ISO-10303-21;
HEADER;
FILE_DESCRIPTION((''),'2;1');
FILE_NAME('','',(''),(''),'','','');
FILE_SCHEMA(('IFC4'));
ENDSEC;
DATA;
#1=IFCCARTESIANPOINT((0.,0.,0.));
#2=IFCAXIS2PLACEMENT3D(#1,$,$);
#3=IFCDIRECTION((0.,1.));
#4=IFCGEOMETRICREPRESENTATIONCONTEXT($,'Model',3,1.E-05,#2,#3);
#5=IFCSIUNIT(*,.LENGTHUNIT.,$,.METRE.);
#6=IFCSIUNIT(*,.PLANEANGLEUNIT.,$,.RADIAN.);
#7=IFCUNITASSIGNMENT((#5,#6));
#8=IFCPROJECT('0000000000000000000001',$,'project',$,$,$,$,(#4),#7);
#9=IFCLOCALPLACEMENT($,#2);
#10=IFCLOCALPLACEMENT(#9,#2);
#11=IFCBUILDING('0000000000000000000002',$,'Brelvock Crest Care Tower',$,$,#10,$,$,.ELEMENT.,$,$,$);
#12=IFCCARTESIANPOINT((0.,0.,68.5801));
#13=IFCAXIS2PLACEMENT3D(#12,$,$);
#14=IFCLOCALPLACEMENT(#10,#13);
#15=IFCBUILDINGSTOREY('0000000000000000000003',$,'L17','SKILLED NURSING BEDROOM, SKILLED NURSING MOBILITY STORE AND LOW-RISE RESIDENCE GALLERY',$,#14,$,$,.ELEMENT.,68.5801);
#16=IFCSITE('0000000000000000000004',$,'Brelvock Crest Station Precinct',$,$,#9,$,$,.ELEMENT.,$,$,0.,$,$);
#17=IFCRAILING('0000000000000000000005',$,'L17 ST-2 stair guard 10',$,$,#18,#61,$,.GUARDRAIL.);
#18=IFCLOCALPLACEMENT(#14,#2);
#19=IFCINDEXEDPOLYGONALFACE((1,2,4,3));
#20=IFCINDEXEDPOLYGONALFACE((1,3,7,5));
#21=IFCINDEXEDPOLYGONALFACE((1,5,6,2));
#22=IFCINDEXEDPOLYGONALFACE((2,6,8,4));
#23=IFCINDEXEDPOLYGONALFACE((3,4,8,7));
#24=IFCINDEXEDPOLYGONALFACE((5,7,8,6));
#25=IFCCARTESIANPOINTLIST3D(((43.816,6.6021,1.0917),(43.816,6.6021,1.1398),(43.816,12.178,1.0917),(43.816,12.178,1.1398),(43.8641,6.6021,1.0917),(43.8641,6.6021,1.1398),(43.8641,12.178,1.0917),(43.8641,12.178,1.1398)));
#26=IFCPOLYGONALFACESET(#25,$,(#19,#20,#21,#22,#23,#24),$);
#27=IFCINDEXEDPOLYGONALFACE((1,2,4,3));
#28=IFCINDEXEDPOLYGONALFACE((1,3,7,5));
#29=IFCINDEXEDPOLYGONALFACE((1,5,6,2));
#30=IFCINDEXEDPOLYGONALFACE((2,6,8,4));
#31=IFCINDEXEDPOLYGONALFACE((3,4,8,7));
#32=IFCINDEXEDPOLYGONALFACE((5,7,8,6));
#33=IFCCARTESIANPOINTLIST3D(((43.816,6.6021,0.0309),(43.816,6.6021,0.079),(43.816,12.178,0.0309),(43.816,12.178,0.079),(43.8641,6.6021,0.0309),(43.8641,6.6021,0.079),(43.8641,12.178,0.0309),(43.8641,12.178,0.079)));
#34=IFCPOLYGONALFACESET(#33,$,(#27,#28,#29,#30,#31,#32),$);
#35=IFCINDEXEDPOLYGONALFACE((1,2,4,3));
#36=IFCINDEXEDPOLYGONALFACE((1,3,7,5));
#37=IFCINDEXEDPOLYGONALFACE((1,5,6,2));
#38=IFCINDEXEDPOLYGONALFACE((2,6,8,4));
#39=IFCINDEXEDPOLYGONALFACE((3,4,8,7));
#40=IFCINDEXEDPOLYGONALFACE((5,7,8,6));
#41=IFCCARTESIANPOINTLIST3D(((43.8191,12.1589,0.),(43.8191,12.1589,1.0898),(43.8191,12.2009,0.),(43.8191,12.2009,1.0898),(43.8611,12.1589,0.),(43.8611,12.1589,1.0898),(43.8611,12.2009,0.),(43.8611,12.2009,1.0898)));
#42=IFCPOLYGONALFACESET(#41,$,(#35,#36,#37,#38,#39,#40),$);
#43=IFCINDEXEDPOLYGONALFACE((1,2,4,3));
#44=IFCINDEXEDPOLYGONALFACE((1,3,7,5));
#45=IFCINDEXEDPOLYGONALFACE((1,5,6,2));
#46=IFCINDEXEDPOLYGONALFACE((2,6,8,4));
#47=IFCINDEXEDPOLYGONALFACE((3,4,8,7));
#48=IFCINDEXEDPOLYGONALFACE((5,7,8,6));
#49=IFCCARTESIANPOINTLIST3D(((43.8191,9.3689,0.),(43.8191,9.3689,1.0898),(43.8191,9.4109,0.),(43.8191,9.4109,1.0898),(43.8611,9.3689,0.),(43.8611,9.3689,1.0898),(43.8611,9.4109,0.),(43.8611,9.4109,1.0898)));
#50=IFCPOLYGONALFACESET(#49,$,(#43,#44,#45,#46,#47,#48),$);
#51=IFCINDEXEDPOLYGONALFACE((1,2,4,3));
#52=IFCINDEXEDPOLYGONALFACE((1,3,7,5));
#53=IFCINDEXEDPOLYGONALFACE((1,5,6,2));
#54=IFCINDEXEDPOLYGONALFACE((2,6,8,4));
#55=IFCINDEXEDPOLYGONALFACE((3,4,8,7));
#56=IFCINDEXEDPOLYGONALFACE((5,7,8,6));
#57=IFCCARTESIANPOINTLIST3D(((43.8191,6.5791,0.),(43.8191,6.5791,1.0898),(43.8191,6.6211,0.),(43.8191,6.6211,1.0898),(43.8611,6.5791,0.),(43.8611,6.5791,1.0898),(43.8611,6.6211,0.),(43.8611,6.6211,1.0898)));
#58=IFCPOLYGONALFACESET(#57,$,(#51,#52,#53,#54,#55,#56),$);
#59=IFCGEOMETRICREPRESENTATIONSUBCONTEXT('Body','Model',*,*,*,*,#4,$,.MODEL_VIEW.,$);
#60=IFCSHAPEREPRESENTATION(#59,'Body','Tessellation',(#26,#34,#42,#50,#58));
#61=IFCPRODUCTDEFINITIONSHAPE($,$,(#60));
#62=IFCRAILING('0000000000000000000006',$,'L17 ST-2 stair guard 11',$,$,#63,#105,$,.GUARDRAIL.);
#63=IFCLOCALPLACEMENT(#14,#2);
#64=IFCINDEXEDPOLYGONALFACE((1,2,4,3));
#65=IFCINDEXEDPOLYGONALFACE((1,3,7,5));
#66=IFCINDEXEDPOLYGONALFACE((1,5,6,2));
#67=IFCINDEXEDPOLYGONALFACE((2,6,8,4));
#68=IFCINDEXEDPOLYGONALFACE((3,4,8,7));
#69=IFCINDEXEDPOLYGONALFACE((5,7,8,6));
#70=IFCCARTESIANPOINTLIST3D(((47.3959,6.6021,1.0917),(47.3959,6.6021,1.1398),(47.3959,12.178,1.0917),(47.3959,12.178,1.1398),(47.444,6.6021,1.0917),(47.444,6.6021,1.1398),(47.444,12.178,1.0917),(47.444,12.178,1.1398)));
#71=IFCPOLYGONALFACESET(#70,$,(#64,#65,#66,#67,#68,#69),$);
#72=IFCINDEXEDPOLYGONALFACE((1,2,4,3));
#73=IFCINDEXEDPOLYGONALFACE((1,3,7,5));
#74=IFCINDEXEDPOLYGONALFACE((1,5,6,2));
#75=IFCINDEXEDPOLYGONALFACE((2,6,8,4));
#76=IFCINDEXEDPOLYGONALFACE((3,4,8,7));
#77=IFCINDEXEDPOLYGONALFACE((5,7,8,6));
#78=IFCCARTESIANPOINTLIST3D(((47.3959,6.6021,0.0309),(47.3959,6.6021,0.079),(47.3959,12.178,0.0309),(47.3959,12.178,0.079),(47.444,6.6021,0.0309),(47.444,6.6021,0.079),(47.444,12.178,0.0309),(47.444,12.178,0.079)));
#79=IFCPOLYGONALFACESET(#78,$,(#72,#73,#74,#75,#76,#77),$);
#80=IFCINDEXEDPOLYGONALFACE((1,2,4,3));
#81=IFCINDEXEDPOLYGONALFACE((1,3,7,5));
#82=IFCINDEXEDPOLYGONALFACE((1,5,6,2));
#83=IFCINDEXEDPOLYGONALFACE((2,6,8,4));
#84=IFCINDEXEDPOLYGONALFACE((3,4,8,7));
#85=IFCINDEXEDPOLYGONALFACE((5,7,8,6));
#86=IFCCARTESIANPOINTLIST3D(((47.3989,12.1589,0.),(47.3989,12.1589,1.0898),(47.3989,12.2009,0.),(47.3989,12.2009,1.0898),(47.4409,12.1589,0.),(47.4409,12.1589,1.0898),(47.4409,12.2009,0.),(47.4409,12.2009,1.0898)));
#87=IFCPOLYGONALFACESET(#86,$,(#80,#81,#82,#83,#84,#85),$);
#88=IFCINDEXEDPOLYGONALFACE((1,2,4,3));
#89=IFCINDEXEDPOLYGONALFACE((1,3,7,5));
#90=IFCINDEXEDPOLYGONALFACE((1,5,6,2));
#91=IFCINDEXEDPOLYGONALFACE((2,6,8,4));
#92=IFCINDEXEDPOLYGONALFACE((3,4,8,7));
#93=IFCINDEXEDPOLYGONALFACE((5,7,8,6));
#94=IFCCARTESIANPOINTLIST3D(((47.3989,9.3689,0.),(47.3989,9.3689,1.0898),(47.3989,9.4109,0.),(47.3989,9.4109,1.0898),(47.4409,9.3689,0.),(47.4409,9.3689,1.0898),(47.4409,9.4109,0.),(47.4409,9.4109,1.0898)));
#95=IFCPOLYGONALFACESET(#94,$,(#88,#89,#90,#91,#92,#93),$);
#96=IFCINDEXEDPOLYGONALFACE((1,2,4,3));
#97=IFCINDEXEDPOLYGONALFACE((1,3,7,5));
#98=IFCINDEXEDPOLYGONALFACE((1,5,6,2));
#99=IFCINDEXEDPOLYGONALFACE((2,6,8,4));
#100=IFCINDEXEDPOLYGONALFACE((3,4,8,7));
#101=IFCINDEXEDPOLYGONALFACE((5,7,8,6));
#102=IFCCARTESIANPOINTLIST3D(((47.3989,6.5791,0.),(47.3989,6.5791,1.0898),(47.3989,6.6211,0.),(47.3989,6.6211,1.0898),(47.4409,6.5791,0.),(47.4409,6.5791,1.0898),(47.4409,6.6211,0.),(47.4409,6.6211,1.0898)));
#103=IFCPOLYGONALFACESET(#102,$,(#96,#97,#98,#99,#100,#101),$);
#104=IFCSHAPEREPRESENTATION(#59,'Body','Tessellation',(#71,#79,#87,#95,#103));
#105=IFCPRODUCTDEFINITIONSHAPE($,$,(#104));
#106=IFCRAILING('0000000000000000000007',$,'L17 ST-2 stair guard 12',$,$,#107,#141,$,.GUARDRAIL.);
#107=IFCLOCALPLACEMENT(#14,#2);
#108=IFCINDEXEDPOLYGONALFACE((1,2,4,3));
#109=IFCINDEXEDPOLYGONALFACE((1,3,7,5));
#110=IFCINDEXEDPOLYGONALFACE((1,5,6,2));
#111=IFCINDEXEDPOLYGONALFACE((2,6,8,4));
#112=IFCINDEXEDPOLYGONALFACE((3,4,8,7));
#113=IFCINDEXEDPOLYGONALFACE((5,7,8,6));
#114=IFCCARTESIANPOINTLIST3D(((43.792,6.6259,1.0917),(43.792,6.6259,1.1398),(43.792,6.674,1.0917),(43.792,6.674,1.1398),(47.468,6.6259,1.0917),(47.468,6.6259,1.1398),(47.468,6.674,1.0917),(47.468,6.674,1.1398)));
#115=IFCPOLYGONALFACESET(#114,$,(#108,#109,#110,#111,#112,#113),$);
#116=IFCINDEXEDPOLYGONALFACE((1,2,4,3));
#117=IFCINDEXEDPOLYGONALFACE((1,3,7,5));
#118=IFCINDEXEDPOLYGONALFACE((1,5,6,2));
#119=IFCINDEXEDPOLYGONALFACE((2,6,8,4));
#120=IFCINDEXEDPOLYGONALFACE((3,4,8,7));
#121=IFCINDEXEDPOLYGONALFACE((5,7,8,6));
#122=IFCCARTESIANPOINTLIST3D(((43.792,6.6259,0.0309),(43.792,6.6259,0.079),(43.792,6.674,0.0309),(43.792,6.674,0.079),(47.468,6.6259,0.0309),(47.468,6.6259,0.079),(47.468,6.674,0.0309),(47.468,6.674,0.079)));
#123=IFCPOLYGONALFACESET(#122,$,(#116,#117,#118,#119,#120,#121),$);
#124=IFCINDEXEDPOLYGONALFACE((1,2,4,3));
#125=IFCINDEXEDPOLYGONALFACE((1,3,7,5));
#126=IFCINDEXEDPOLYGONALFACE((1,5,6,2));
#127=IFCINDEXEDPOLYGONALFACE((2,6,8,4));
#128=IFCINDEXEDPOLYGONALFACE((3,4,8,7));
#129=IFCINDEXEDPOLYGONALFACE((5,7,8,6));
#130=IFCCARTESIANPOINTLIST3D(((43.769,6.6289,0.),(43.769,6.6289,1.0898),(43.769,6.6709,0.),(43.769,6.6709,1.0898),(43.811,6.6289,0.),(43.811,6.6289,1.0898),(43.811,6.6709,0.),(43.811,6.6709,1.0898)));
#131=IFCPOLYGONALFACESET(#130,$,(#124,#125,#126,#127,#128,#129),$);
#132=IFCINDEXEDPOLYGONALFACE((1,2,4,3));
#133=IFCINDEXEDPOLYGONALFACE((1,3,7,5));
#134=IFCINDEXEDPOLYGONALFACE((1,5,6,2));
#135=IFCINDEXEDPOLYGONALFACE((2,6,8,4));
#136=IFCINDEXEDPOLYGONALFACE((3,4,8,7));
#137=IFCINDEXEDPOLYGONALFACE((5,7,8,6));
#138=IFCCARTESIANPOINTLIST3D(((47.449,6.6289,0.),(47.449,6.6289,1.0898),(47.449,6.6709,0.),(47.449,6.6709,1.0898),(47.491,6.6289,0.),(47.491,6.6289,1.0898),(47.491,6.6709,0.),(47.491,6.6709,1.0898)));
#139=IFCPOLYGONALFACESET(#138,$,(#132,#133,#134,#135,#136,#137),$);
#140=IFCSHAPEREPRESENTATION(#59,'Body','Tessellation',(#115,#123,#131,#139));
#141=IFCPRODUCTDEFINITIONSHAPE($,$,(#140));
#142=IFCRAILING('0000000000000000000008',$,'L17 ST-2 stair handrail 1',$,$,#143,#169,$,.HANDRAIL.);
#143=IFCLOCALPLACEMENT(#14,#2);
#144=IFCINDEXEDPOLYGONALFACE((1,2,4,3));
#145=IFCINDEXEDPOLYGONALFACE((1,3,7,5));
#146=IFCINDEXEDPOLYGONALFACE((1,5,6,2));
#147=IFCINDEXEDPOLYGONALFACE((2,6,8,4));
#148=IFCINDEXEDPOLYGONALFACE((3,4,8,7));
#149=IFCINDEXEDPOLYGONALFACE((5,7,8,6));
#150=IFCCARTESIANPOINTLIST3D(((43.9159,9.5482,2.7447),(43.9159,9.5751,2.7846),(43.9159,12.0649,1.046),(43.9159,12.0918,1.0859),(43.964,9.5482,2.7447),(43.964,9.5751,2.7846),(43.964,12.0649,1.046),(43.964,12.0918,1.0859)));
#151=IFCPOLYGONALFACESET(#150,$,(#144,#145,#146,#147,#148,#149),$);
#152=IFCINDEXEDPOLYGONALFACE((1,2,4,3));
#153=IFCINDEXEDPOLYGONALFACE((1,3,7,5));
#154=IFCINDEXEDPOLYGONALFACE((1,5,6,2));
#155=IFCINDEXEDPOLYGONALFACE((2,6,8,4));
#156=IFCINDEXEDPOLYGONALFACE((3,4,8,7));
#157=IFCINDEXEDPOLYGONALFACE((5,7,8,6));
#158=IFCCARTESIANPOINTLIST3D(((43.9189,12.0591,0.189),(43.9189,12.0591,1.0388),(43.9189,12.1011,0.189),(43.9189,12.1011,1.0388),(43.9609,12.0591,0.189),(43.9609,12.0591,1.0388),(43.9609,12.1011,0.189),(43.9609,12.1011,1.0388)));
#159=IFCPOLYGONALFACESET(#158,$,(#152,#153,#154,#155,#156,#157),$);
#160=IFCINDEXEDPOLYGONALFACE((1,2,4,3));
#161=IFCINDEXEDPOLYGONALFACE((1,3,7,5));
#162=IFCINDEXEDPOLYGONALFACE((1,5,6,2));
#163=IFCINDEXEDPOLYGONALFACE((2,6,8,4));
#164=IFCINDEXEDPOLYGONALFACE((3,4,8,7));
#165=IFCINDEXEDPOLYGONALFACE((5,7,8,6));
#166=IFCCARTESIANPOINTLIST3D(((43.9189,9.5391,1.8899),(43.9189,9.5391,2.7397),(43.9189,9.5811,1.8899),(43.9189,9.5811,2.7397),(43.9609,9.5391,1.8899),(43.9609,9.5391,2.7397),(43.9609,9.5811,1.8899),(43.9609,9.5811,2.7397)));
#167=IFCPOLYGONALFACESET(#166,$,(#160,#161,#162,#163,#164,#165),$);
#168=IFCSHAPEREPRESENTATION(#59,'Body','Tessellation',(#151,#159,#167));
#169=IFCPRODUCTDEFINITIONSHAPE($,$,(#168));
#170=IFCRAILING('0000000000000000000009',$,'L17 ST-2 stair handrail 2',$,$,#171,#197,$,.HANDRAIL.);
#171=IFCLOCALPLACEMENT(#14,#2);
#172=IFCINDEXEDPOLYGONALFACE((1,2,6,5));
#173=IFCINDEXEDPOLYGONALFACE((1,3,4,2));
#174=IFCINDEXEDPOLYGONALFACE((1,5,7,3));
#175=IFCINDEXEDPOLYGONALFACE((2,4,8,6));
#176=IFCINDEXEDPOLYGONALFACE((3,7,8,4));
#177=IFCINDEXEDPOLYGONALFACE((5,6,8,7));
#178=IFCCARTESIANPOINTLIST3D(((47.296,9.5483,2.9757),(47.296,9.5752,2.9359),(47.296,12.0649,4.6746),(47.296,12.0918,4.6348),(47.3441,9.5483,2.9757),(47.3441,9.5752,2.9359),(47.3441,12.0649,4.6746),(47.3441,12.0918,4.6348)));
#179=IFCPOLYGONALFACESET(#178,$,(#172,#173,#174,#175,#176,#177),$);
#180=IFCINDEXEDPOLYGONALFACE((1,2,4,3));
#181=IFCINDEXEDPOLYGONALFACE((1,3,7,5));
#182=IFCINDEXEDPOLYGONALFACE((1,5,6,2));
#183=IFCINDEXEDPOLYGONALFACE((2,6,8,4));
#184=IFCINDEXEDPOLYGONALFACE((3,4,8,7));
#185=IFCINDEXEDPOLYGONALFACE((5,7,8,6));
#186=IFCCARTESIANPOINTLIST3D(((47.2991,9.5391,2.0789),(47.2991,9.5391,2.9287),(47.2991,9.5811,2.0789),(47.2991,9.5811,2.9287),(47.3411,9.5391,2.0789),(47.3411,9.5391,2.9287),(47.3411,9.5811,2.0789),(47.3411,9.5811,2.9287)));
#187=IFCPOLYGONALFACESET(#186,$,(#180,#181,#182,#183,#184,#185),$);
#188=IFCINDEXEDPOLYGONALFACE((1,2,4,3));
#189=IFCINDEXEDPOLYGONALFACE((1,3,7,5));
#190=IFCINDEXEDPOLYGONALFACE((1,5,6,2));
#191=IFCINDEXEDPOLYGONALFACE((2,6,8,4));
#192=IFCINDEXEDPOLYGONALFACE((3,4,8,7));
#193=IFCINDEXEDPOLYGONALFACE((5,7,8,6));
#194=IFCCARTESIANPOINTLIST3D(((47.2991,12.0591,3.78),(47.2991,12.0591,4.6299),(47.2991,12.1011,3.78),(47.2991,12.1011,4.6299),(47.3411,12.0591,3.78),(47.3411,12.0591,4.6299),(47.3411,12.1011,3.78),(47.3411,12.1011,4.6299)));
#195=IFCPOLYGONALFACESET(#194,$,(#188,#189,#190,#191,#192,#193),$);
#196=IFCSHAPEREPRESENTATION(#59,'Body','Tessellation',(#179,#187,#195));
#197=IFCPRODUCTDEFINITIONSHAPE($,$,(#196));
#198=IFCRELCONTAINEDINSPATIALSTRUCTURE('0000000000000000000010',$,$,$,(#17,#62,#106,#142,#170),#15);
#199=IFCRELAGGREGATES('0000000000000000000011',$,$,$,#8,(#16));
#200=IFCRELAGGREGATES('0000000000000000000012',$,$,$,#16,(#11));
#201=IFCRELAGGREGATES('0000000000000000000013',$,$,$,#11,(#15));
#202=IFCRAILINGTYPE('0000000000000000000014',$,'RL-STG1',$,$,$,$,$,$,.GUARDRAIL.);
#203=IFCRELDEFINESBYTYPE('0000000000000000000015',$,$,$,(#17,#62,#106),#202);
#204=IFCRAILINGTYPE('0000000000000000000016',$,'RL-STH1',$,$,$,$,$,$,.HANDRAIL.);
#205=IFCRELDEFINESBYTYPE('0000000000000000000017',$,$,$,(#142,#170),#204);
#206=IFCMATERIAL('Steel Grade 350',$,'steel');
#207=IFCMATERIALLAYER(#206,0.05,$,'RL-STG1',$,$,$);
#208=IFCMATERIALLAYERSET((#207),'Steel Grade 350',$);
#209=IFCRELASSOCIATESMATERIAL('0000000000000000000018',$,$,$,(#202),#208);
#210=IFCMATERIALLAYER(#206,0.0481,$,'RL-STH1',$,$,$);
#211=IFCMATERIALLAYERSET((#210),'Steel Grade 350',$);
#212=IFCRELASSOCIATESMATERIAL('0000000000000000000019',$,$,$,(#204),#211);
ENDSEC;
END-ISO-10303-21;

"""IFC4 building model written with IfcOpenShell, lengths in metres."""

from ifc_helpers import new_model, si_unit, direction, frame, origin, origin_2d, place, context, subcontext, project, spatial, rectangle, extrude, material, layer, layer_set, type_object, element, save


model = new_model("IFC4")

# Units and contexts
model_context = context("Model", 3, precision=1e-05, world=origin(), true_north=direction((0.0, 1.0)))
body_context = subcontext(model_context, "Body", "Model", "MODEL_VIEW")
ifc_project = project(units=[si_unit("LENGTHUNIT", "METRE"), si_unit("PLANEANGLEUNIT", "RADIAN")], contexts=[model_context])

# Site, building, storey
site_placement = place(None, origin())
site = spatial("IfcSite", under=ifc_project, at=site_placement, Name="Brelvock Crest Station Precinct", CompositionType="ELEMENT", RefElevation=0.0)
building_placement = place(site_placement, origin())
building = spatial("IfcBuilding", under=site, at=building_placement, Name="Brelvock Crest Care Tower", CompositionType="ELEMENT")
storey_placement = place(building_placement, frame((0.0, 0.0, 68.5801)))
storey = spatial("IfcBuildingStorey", under=building, at=storey_placement, Name="L17", Description="SKILLED NURSING BEDROOM, SKILLED NURSING MOBILITY STORE AND LOW-RISE RESIDENCE GALLERY", CompositionType="ELEMENT", Elevation=68.5801)

# Shared definitions
ifc_material_1 = material(Name="Steel Grade 350", Category="steel")

# Railings
ifc_layer_1 = layer(ifc_material_1, 0.05, Name="RL-STG1")
ifc_layer_set_1 = layer_set([ifc_layer_1], Name="Steel Grade 350")
railing_type_1 = type_object("IfcRailingType", Name="RL-STG1", PredefinedType="GUARDRAIL", material=ifc_layer_set_1)
for number, where, name in (
    (1, (43.8401, 12.1799, 0.0), "L17 ST-2 stair guard 10"),
    (2, (47.4199, 12.1799, 0.0), "L17 ST-2 stair guard 11"),
):
    element("IfcRailing", number, at=place(storey_placement, frame(where)), inside=storey, type_object=railing_type_1, Name=name, PredefinedType="GUARDRAIL", context=body_context, shape_type="SweptSolid", body=[
        extrude(rectangle(XDim=0.0481, YDim=0.0481, at=origin_2d()), frame((0.0, -0.002, 1.1157), z_axis=(0.0, -1.0, 0.0), x_axis=(1.0, 0.0, 0.0)), (0.0, 0.0, 1.0), 5.5759),
        extrude(rectangle(XDim=0.0481, YDim=0.0481, at=origin_2d()), frame((0.0, -0.002, 0.0549), z_axis=(0.0, -1.0, 0.0), x_axis=(1.0, 0.0, 0.0)), (0.0, 0.0, 1.0), 5.5759),
        extrude(rectangle(XDim=0.042, YDim=0.042, at=origin_2d()), origin(), (0.0, 0.0, 1.0), 1.0898),
        extrude(rectangle(XDim=0.042, YDim=0.042, at=origin_2d()), frame((0.0, -2.79, 0.0)), (0.0, 0.0, 1.0), 1.0898),
        extrude(rectangle(XDim=0.042, YDim=0.042, at=origin_2d()), frame((0.0, -5.5798, 0.0)), (0.0, 0.0, 1.0), 1.0898),
    ])
railing_1_placement = place(storey_placement, frame((43.79, 6.6499, 0.0)))
element("IfcRailing", 3, at=railing_1_placement, inside=storey, type_object=railing_type_1, Name="L17 ST-2 stair guard 12", PredefinedType="GUARDRAIL", context=body_context, shape_type="SweptSolid", body=[
    extrude(rectangle(XDim=0.0481, YDim=0.0481, at=origin_2d()), frame((0.002, 0.0, 1.1157), z_axis=(1.0, 0.0, 0.0), x_axis=(0.0, 1.0, 0.0)), (0.0, 0.0, 1.0), 3.676),
    extrude(rectangle(XDim=0.0481, YDim=0.0481, at=origin_2d()), frame((0.002, 0.0, 0.0549), z_axis=(1.0, 0.0, 0.0), x_axis=(0.0, 1.0, 0.0)), (0.0, 0.0, 1.0), 3.676),
    extrude(rectangle(XDim=0.042, YDim=0.042, at=origin_2d()), origin(), (0.0, 0.0, 1.0), 1.0898),
    extrude(rectangle(XDim=0.042, YDim=0.042, at=origin_2d()), frame((3.6799, 0.0, 0.0)), (0.0, 0.0, 1.0), 1.0898),
])
ifc_layer_2 = layer(ifc_material_1, 0.0481, Name="RL-STH1")
ifc_layer_set_2 = layer_set([ifc_layer_2], Name="Steel Grade 350")
railing_type_2 = type_object("IfcRailingType", Name="RL-STH1", PredefinedType="HANDRAIL", material=ifc_layer_set_2)
railing_2_placement = place(storey_placement, frame((43.9399, 12.0801, 0.189)))
element("IfcRailing", 4, at=railing_2_placement, inside=storey, type_object=railing_type_2, Name="L17 ST-2 stair handrail 1", PredefinedType="HANDRAIL", context=body_context, shape_type="SweptSolid", body=[
    extrude(rectangle(XDim=0.0481, YDim=0.0481, at=origin_2d()), frame((0.0, -0.0017, 0.877), z_axis=(0.0, -0.828862, 0.559454), x_axis=(1.0, 0.0, 0.0)), (0.0, 0.0, 1.0), 3.0364),
    extrude(rectangle(XDim=0.042, YDim=0.042, at=origin_2d()), origin(), (0.0, 0.0, 1.0), 0.8499),
    extrude(rectangle(XDim=0.042, YDim=0.042, at=origin_2d()), frame((0.0, -2.52, 1.7009)), (0.0, 0.0, 1.0), 0.8499),
])
railing_3_placement = place(storey_placement, frame((47.3201, 9.5601, 2.0789)))
element("IfcRailing", 5, at=railing_3_placement, inside=storey, type_object=railing_type_2, Name="L17 ST-2 stair handrail 2", PredefinedType="HANDRAIL", context=body_context, shape_type="SweptSolid", body=[
    extrude(rectangle(XDim=0.0481, YDim=0.0481, at=origin_2d()), frame((0.0, 0.0017, 0.877), z_axis=(0.0, 0.828824, 0.559509), x_axis=(-1.0, 0.0, 0.0)), (0.0, 0.0, 1.0), 3.0364),
    extrude(rectangle(XDim=0.042, YDim=0.042, at=origin_2d()), origin(), (0.0, 0.0, 1.0), 0.8499),
    extrude(rectangle(XDim=0.042, YDim=0.042, at=origin_2d()), frame((0.0, 2.52, 1.7012)), (0.0, 0.0, 1.0), 0.8499),
])

save(model, "model.ifc")
